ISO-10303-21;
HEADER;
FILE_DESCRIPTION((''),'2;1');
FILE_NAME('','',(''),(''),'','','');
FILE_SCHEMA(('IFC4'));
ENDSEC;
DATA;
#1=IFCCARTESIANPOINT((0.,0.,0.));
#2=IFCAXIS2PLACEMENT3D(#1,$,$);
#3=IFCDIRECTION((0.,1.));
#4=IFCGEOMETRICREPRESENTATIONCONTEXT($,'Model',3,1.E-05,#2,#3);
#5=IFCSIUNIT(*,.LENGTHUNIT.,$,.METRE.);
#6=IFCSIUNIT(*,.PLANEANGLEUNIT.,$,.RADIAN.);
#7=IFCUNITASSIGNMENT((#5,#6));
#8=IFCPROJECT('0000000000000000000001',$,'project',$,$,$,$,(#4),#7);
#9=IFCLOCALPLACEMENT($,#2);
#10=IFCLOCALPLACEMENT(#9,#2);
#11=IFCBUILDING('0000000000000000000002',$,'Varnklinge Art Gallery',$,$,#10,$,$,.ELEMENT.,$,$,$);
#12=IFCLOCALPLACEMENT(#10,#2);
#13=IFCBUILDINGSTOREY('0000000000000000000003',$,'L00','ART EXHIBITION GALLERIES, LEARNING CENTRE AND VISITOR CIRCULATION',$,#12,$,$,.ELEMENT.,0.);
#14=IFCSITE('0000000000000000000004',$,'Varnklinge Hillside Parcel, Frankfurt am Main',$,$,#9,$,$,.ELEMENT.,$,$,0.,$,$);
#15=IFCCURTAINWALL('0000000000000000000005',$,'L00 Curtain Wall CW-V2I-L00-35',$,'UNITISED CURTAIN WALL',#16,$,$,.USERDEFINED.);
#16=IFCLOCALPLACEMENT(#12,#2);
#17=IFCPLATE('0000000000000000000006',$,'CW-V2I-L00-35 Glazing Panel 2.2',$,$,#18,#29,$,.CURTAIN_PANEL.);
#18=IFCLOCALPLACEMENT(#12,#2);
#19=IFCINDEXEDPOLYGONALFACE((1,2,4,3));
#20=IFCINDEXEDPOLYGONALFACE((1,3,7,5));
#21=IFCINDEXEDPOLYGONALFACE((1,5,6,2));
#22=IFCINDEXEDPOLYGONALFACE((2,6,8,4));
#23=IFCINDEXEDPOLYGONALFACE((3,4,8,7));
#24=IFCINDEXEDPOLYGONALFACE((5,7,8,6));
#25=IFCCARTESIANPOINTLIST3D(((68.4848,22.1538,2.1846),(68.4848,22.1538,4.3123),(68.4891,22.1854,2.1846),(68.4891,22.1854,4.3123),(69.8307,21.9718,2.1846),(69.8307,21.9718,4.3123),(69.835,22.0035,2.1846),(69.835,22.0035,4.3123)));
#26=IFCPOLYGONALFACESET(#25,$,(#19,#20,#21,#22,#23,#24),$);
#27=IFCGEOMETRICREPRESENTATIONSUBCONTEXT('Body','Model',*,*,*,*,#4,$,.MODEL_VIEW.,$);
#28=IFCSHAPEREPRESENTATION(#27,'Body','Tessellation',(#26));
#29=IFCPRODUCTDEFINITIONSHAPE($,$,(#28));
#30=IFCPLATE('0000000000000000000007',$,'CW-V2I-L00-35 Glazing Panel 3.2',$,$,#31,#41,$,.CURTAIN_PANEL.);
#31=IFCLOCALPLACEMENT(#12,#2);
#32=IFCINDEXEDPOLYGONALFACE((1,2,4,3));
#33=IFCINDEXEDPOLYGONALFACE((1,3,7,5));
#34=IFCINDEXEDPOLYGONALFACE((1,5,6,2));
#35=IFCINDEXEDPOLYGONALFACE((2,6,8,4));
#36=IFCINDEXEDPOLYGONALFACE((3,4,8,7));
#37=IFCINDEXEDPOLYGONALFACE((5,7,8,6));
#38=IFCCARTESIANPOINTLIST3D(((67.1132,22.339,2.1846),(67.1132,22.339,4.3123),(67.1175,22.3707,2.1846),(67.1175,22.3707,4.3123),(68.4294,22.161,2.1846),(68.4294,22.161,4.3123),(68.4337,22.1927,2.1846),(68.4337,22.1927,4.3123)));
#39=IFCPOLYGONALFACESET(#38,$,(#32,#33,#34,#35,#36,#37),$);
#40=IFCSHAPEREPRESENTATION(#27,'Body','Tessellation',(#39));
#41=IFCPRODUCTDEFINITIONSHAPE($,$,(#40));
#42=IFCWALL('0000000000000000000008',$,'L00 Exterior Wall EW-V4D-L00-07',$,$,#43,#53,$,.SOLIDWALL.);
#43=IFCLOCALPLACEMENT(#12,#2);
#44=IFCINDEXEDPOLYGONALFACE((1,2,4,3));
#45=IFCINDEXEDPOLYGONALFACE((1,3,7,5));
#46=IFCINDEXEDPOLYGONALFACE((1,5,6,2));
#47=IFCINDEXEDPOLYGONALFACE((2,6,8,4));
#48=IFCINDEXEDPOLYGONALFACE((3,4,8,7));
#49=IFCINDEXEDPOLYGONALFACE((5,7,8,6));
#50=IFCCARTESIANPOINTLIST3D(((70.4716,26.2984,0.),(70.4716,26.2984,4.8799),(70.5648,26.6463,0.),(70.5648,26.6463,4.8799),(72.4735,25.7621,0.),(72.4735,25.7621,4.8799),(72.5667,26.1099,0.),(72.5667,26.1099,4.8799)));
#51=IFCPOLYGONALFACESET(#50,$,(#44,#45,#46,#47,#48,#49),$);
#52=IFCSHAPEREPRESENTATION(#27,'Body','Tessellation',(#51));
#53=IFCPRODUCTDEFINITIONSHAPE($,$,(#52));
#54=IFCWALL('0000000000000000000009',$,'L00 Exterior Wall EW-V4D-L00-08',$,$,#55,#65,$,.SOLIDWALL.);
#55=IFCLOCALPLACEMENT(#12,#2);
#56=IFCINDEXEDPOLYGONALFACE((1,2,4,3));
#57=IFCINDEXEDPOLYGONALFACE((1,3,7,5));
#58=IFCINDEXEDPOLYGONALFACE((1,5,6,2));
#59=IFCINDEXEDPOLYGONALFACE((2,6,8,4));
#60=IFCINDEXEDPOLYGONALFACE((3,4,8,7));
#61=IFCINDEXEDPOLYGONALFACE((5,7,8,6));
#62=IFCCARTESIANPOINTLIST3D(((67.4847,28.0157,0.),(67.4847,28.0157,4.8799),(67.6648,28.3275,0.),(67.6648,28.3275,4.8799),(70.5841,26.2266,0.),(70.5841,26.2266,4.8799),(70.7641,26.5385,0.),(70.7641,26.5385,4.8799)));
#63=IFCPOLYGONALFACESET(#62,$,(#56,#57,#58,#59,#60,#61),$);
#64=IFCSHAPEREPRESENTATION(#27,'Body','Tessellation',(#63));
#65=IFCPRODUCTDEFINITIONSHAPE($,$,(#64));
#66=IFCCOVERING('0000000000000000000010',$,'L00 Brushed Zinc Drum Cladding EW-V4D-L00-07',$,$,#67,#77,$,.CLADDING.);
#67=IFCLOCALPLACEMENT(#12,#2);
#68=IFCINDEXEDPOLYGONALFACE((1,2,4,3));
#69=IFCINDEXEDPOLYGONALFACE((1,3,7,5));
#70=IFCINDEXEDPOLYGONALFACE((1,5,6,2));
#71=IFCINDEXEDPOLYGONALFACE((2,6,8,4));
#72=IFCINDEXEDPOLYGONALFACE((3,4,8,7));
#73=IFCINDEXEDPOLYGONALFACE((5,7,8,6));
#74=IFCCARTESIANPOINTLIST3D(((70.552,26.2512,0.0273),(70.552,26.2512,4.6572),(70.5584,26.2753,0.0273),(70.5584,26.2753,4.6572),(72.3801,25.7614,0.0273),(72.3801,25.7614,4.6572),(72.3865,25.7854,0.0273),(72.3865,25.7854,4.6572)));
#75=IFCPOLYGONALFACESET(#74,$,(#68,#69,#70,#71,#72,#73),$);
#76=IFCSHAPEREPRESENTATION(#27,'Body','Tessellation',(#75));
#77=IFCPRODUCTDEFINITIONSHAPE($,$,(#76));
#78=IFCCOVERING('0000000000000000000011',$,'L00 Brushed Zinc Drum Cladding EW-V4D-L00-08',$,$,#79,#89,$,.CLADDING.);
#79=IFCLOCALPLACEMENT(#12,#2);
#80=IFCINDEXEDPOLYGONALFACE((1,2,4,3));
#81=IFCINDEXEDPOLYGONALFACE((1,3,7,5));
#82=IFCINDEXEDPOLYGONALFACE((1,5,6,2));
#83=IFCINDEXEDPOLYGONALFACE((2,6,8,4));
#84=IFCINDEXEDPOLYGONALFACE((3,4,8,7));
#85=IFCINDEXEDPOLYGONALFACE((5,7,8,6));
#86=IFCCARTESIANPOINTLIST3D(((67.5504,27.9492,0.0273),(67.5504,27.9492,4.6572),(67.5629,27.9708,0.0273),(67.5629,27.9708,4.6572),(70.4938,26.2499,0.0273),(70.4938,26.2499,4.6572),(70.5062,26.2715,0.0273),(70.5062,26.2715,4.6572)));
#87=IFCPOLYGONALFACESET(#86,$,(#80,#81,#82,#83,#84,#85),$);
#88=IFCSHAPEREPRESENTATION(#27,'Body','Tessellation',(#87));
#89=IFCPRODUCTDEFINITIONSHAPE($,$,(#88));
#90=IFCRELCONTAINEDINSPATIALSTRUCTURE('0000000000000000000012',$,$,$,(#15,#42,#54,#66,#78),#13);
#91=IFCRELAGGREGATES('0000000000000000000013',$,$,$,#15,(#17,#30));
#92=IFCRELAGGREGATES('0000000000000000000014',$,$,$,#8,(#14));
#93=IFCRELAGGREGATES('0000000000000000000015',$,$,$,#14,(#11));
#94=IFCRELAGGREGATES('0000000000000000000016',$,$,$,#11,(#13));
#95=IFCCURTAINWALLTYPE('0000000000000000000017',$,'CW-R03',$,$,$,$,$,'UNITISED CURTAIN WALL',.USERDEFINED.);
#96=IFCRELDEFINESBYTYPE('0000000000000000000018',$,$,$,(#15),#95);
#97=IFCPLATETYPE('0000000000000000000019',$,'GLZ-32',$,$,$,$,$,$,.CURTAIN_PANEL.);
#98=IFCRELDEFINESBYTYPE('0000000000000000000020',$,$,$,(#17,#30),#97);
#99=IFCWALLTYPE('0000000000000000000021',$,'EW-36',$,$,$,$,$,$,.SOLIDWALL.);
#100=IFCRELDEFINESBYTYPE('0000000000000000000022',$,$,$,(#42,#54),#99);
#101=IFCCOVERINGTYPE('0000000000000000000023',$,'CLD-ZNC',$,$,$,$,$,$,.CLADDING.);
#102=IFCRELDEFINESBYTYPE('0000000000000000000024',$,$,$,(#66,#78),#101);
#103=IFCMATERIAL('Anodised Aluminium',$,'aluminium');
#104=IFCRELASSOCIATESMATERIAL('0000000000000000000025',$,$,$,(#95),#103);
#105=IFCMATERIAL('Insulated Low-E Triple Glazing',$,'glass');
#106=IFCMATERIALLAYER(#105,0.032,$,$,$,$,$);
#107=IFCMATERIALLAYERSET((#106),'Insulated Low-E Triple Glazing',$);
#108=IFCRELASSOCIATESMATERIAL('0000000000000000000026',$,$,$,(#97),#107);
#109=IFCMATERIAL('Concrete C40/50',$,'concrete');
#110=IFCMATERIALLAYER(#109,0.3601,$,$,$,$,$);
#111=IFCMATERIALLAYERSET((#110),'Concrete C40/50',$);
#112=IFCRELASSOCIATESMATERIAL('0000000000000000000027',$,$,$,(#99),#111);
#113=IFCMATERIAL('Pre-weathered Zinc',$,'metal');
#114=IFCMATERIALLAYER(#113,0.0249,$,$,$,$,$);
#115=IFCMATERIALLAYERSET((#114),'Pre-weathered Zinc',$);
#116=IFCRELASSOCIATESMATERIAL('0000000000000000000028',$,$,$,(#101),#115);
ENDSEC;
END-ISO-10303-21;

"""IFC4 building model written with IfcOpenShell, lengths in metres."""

from ifc_helpers import new_model, si_unit, direction, frame, frame_2d, origin, origin_2d, place, context, subcontext, project, spatial, rectangle, extrude, material, layer, layer_set, type_object, element, aggregate, save


model = new_model("IFC4")

# Units and contexts
model_context = context("Model", 3, precision=1e-05, world=origin(), true_north=direction((0.0, 1.0)))
body_context = subcontext(model_context, "Body", "Model", "MODEL_VIEW")
ifc_project = project(units=[si_unit("LENGTHUNIT", "METRE"), si_unit("PLANEANGLEUNIT", "RADIAN")], contexts=[model_context])

# Site, building, storey
site_placement = place(None, origin())
site = spatial("IfcSite", under=ifc_project, at=site_placement, Name="Varnklinge Hillside Parcel, Frankfurt am Main", CompositionType="ELEMENT", RefElevation=0.0)
building_placement = place(site_placement, origin())
building = spatial("IfcBuilding", under=site, at=building_placement, Name="Varnklinge Art Gallery", CompositionType="ELEMENT")
storey_placement = place(building_placement, origin())
storey = spatial("IfcBuildingStorey", under=building, at=storey_placement, Name="L00", Description="ART EXHIBITION GALLERIES, LEARNING CENTRE AND VISITOR CIRCULATION", CompositionType="ELEMENT", Elevation=0.0)

# Curtain wall
ifc_material_1 = material(Name="Anodised Aluminium", Category="aluminium")
curtain_wall_type = type_object("IfcCurtainWallType", Name="CW-R03", ElementType="UNITISED CURTAIN WALL", PredefinedType="USERDEFINED", material=ifc_material_1)
curtain_wall_placement = place(storey_placement, origin())
curtain_wall = element("IfcCurtainWall", 1, at=curtain_wall_placement, inside=storey, type_object=curtain_wall_type, Name="L00 Curtain Wall CW-V2I-L00-35", ObjectType="UNITISED CURTAIN WALL", PredefinedType="USERDEFINED")

# Plates
ifc_material_2 = material(Name="Insulated Low-E Triple Glazing", Category="glass")
ifc_layer_1 = layer(ifc_material_2, 0.032)
ifc_layer_set_1 = layer_set([ifc_layer_1], Name="Insulated Low-E Triple Glazing")
plate_type = type_object("IfcPlateType", Name="GLZ-32", PredefinedType="CURTAIN_PANEL", material=ifc_layer_set_1)
plate_1_placement = place(storey_placement, frame((69.1599, 22.0786, 2.1846), z_axis=(0.0, 0.0, 1.0), x_axis=(-0.990983, 0.133986, 0.0)))
plate_1 = element("IfcPlate", 2, at=plate_1_placement, type_object=plate_type, Name="CW-V2I-L00-35 Glazing Panel 2.2", PredefinedType="CURTAIN_PANEL", context=body_context, shape_type="SweptSolid", body=[
    extrude(rectangle(XDim=1.3582, YDim=0.032, at=origin_2d()), origin(), (0.0, 0.0, 1.0), 2.1277),
])
plate_2_placement = place(storey_placement, frame((67.7734, 22.2659, 2.1846), z_axis=(0.0, 0.0, 1.0), x_axis=(-0.990983, 0.133986, 0.0)))
plate_2 = element("IfcPlate", 3, at=plate_2_placement, type_object=plate_type, Name="CW-V2I-L00-35 Glazing Panel 3.2", PredefinedType="CURTAIN_PANEL", context=body_context, shape_type="SweptSolid", body=[
    extrude(rectangle(XDim=1.3281, YDim=0.032, at=origin_2d()), origin(), (0.0, 0.0, 1.0), 2.1277),
])
aggregate(curtain_wall, [plate_1, plate_2])

# Walls
ifc_material_3 = material(Name="Concrete C40/50", Category="concrete")
ifc_layer_2 = layer(ifc_material_3, 0.3601)
ifc_layer_set_2 = layer_set([ifc_layer_2], Name="Concrete C40/50")
wall_type = type_object("IfcWallType", Name="EW-36", PredefinedType="SOLIDWALL", material=ifc_layer_set_2)
wall_1_placement = place(storey_placement, frame((72.52, 25.936, 0.0), z_axis=(0.0, 0.0, 1.0), x_axis=(-0.965931, 0.258799, 0.0)))
element("IfcWall", 4, at=wall_1_placement, inside=storey, type_object=wall_type, Name="L00 Exterior Wall EW-V4D-L00-07", PredefinedType="SOLIDWALL", context=body_context, shape_type="SweptSolid", body=[
    extrude(rectangle(XDim=2.0725, YDim=0.3601, at=frame_2d((1.0361, 0.0))), origin(), (0.0, 0.0, 1.0), 4.8799),
])
wall_2_placement = place(storey_placement, frame((70.6741, 26.3826, 0.0), z_axis=(0.0, 0.0, 1.0), x_axis=(-0.866069, 0.499925, 0.0)))
element("IfcWall", 5, at=wall_2_placement, inside=storey, type_object=wall_type, Name="L00 Exterior Wall EW-V4D-L00-08", PredefinedType="SOLIDWALL", context=body_context, shape_type="SweptSolid", body=[
    extrude(rectangle(XDim=3.5786, YDim=0.3601, at=frame_2d((1.7893, 0.0))), origin(), (0.0, 0.0, 1.0), 4.8799),
])

# Coverings
ifc_material_4 = material(Name="Pre-weathered Zinc", Category="metal")
ifc_layer_3 = layer(ifc_material_4, 0.0249)
ifc_layer_set_3 = layer_set([ifc_layer_3], Name="Pre-weathered Zinc")
covering_type = type_object("IfcCoveringType", Name="CLD-ZNC", PredefinedType="CLADDING", material=ifc_layer_set_3)
covering_1_placement = place(storey_placement, frame((71.4692, 26.0183, 0.0273), z_axis=(0.0, 0.0, 1.0), x_axis=(-0.965926, 0.258819, 0.0)))
element("IfcCovering", 6, at=covering_1_placement, inside=storey, type_object=covering_type, Name="L00 Brushed Zinc Drum Cladding EW-V4D-L00-07", PredefinedType="CLADDING", context=body_context, shape_type="SweptSolid", body=[
    extrude(rectangle(XDim=1.8926, YDim=0.0249, at=origin_2d()), origin(), (0.0, 0.0, 1.0), 4.6299),
])
covering_2_placement = place(storey_placement, frame((69.0283, 27.1104, 0.0273), z_axis=(0.0, 0.0, 1.0), x_axis=(-0.866025, 0.5, 0.0)))
element("IfcCovering", 7, at=covering_2_placement, inside=storey, type_object=covering_type, Name="L00 Brushed Zinc Drum Cladding EW-V4D-L00-08", PredefinedType="CLADDING", context=body_context, shape_type="SweptSolid", body=[
    extrude(rectangle(XDim=3.3987, YDim=0.0249, at=origin_2d()), origin(), (0.0, 0.0, 1.0), 4.6299),
])

save(model, "model.ifc")
